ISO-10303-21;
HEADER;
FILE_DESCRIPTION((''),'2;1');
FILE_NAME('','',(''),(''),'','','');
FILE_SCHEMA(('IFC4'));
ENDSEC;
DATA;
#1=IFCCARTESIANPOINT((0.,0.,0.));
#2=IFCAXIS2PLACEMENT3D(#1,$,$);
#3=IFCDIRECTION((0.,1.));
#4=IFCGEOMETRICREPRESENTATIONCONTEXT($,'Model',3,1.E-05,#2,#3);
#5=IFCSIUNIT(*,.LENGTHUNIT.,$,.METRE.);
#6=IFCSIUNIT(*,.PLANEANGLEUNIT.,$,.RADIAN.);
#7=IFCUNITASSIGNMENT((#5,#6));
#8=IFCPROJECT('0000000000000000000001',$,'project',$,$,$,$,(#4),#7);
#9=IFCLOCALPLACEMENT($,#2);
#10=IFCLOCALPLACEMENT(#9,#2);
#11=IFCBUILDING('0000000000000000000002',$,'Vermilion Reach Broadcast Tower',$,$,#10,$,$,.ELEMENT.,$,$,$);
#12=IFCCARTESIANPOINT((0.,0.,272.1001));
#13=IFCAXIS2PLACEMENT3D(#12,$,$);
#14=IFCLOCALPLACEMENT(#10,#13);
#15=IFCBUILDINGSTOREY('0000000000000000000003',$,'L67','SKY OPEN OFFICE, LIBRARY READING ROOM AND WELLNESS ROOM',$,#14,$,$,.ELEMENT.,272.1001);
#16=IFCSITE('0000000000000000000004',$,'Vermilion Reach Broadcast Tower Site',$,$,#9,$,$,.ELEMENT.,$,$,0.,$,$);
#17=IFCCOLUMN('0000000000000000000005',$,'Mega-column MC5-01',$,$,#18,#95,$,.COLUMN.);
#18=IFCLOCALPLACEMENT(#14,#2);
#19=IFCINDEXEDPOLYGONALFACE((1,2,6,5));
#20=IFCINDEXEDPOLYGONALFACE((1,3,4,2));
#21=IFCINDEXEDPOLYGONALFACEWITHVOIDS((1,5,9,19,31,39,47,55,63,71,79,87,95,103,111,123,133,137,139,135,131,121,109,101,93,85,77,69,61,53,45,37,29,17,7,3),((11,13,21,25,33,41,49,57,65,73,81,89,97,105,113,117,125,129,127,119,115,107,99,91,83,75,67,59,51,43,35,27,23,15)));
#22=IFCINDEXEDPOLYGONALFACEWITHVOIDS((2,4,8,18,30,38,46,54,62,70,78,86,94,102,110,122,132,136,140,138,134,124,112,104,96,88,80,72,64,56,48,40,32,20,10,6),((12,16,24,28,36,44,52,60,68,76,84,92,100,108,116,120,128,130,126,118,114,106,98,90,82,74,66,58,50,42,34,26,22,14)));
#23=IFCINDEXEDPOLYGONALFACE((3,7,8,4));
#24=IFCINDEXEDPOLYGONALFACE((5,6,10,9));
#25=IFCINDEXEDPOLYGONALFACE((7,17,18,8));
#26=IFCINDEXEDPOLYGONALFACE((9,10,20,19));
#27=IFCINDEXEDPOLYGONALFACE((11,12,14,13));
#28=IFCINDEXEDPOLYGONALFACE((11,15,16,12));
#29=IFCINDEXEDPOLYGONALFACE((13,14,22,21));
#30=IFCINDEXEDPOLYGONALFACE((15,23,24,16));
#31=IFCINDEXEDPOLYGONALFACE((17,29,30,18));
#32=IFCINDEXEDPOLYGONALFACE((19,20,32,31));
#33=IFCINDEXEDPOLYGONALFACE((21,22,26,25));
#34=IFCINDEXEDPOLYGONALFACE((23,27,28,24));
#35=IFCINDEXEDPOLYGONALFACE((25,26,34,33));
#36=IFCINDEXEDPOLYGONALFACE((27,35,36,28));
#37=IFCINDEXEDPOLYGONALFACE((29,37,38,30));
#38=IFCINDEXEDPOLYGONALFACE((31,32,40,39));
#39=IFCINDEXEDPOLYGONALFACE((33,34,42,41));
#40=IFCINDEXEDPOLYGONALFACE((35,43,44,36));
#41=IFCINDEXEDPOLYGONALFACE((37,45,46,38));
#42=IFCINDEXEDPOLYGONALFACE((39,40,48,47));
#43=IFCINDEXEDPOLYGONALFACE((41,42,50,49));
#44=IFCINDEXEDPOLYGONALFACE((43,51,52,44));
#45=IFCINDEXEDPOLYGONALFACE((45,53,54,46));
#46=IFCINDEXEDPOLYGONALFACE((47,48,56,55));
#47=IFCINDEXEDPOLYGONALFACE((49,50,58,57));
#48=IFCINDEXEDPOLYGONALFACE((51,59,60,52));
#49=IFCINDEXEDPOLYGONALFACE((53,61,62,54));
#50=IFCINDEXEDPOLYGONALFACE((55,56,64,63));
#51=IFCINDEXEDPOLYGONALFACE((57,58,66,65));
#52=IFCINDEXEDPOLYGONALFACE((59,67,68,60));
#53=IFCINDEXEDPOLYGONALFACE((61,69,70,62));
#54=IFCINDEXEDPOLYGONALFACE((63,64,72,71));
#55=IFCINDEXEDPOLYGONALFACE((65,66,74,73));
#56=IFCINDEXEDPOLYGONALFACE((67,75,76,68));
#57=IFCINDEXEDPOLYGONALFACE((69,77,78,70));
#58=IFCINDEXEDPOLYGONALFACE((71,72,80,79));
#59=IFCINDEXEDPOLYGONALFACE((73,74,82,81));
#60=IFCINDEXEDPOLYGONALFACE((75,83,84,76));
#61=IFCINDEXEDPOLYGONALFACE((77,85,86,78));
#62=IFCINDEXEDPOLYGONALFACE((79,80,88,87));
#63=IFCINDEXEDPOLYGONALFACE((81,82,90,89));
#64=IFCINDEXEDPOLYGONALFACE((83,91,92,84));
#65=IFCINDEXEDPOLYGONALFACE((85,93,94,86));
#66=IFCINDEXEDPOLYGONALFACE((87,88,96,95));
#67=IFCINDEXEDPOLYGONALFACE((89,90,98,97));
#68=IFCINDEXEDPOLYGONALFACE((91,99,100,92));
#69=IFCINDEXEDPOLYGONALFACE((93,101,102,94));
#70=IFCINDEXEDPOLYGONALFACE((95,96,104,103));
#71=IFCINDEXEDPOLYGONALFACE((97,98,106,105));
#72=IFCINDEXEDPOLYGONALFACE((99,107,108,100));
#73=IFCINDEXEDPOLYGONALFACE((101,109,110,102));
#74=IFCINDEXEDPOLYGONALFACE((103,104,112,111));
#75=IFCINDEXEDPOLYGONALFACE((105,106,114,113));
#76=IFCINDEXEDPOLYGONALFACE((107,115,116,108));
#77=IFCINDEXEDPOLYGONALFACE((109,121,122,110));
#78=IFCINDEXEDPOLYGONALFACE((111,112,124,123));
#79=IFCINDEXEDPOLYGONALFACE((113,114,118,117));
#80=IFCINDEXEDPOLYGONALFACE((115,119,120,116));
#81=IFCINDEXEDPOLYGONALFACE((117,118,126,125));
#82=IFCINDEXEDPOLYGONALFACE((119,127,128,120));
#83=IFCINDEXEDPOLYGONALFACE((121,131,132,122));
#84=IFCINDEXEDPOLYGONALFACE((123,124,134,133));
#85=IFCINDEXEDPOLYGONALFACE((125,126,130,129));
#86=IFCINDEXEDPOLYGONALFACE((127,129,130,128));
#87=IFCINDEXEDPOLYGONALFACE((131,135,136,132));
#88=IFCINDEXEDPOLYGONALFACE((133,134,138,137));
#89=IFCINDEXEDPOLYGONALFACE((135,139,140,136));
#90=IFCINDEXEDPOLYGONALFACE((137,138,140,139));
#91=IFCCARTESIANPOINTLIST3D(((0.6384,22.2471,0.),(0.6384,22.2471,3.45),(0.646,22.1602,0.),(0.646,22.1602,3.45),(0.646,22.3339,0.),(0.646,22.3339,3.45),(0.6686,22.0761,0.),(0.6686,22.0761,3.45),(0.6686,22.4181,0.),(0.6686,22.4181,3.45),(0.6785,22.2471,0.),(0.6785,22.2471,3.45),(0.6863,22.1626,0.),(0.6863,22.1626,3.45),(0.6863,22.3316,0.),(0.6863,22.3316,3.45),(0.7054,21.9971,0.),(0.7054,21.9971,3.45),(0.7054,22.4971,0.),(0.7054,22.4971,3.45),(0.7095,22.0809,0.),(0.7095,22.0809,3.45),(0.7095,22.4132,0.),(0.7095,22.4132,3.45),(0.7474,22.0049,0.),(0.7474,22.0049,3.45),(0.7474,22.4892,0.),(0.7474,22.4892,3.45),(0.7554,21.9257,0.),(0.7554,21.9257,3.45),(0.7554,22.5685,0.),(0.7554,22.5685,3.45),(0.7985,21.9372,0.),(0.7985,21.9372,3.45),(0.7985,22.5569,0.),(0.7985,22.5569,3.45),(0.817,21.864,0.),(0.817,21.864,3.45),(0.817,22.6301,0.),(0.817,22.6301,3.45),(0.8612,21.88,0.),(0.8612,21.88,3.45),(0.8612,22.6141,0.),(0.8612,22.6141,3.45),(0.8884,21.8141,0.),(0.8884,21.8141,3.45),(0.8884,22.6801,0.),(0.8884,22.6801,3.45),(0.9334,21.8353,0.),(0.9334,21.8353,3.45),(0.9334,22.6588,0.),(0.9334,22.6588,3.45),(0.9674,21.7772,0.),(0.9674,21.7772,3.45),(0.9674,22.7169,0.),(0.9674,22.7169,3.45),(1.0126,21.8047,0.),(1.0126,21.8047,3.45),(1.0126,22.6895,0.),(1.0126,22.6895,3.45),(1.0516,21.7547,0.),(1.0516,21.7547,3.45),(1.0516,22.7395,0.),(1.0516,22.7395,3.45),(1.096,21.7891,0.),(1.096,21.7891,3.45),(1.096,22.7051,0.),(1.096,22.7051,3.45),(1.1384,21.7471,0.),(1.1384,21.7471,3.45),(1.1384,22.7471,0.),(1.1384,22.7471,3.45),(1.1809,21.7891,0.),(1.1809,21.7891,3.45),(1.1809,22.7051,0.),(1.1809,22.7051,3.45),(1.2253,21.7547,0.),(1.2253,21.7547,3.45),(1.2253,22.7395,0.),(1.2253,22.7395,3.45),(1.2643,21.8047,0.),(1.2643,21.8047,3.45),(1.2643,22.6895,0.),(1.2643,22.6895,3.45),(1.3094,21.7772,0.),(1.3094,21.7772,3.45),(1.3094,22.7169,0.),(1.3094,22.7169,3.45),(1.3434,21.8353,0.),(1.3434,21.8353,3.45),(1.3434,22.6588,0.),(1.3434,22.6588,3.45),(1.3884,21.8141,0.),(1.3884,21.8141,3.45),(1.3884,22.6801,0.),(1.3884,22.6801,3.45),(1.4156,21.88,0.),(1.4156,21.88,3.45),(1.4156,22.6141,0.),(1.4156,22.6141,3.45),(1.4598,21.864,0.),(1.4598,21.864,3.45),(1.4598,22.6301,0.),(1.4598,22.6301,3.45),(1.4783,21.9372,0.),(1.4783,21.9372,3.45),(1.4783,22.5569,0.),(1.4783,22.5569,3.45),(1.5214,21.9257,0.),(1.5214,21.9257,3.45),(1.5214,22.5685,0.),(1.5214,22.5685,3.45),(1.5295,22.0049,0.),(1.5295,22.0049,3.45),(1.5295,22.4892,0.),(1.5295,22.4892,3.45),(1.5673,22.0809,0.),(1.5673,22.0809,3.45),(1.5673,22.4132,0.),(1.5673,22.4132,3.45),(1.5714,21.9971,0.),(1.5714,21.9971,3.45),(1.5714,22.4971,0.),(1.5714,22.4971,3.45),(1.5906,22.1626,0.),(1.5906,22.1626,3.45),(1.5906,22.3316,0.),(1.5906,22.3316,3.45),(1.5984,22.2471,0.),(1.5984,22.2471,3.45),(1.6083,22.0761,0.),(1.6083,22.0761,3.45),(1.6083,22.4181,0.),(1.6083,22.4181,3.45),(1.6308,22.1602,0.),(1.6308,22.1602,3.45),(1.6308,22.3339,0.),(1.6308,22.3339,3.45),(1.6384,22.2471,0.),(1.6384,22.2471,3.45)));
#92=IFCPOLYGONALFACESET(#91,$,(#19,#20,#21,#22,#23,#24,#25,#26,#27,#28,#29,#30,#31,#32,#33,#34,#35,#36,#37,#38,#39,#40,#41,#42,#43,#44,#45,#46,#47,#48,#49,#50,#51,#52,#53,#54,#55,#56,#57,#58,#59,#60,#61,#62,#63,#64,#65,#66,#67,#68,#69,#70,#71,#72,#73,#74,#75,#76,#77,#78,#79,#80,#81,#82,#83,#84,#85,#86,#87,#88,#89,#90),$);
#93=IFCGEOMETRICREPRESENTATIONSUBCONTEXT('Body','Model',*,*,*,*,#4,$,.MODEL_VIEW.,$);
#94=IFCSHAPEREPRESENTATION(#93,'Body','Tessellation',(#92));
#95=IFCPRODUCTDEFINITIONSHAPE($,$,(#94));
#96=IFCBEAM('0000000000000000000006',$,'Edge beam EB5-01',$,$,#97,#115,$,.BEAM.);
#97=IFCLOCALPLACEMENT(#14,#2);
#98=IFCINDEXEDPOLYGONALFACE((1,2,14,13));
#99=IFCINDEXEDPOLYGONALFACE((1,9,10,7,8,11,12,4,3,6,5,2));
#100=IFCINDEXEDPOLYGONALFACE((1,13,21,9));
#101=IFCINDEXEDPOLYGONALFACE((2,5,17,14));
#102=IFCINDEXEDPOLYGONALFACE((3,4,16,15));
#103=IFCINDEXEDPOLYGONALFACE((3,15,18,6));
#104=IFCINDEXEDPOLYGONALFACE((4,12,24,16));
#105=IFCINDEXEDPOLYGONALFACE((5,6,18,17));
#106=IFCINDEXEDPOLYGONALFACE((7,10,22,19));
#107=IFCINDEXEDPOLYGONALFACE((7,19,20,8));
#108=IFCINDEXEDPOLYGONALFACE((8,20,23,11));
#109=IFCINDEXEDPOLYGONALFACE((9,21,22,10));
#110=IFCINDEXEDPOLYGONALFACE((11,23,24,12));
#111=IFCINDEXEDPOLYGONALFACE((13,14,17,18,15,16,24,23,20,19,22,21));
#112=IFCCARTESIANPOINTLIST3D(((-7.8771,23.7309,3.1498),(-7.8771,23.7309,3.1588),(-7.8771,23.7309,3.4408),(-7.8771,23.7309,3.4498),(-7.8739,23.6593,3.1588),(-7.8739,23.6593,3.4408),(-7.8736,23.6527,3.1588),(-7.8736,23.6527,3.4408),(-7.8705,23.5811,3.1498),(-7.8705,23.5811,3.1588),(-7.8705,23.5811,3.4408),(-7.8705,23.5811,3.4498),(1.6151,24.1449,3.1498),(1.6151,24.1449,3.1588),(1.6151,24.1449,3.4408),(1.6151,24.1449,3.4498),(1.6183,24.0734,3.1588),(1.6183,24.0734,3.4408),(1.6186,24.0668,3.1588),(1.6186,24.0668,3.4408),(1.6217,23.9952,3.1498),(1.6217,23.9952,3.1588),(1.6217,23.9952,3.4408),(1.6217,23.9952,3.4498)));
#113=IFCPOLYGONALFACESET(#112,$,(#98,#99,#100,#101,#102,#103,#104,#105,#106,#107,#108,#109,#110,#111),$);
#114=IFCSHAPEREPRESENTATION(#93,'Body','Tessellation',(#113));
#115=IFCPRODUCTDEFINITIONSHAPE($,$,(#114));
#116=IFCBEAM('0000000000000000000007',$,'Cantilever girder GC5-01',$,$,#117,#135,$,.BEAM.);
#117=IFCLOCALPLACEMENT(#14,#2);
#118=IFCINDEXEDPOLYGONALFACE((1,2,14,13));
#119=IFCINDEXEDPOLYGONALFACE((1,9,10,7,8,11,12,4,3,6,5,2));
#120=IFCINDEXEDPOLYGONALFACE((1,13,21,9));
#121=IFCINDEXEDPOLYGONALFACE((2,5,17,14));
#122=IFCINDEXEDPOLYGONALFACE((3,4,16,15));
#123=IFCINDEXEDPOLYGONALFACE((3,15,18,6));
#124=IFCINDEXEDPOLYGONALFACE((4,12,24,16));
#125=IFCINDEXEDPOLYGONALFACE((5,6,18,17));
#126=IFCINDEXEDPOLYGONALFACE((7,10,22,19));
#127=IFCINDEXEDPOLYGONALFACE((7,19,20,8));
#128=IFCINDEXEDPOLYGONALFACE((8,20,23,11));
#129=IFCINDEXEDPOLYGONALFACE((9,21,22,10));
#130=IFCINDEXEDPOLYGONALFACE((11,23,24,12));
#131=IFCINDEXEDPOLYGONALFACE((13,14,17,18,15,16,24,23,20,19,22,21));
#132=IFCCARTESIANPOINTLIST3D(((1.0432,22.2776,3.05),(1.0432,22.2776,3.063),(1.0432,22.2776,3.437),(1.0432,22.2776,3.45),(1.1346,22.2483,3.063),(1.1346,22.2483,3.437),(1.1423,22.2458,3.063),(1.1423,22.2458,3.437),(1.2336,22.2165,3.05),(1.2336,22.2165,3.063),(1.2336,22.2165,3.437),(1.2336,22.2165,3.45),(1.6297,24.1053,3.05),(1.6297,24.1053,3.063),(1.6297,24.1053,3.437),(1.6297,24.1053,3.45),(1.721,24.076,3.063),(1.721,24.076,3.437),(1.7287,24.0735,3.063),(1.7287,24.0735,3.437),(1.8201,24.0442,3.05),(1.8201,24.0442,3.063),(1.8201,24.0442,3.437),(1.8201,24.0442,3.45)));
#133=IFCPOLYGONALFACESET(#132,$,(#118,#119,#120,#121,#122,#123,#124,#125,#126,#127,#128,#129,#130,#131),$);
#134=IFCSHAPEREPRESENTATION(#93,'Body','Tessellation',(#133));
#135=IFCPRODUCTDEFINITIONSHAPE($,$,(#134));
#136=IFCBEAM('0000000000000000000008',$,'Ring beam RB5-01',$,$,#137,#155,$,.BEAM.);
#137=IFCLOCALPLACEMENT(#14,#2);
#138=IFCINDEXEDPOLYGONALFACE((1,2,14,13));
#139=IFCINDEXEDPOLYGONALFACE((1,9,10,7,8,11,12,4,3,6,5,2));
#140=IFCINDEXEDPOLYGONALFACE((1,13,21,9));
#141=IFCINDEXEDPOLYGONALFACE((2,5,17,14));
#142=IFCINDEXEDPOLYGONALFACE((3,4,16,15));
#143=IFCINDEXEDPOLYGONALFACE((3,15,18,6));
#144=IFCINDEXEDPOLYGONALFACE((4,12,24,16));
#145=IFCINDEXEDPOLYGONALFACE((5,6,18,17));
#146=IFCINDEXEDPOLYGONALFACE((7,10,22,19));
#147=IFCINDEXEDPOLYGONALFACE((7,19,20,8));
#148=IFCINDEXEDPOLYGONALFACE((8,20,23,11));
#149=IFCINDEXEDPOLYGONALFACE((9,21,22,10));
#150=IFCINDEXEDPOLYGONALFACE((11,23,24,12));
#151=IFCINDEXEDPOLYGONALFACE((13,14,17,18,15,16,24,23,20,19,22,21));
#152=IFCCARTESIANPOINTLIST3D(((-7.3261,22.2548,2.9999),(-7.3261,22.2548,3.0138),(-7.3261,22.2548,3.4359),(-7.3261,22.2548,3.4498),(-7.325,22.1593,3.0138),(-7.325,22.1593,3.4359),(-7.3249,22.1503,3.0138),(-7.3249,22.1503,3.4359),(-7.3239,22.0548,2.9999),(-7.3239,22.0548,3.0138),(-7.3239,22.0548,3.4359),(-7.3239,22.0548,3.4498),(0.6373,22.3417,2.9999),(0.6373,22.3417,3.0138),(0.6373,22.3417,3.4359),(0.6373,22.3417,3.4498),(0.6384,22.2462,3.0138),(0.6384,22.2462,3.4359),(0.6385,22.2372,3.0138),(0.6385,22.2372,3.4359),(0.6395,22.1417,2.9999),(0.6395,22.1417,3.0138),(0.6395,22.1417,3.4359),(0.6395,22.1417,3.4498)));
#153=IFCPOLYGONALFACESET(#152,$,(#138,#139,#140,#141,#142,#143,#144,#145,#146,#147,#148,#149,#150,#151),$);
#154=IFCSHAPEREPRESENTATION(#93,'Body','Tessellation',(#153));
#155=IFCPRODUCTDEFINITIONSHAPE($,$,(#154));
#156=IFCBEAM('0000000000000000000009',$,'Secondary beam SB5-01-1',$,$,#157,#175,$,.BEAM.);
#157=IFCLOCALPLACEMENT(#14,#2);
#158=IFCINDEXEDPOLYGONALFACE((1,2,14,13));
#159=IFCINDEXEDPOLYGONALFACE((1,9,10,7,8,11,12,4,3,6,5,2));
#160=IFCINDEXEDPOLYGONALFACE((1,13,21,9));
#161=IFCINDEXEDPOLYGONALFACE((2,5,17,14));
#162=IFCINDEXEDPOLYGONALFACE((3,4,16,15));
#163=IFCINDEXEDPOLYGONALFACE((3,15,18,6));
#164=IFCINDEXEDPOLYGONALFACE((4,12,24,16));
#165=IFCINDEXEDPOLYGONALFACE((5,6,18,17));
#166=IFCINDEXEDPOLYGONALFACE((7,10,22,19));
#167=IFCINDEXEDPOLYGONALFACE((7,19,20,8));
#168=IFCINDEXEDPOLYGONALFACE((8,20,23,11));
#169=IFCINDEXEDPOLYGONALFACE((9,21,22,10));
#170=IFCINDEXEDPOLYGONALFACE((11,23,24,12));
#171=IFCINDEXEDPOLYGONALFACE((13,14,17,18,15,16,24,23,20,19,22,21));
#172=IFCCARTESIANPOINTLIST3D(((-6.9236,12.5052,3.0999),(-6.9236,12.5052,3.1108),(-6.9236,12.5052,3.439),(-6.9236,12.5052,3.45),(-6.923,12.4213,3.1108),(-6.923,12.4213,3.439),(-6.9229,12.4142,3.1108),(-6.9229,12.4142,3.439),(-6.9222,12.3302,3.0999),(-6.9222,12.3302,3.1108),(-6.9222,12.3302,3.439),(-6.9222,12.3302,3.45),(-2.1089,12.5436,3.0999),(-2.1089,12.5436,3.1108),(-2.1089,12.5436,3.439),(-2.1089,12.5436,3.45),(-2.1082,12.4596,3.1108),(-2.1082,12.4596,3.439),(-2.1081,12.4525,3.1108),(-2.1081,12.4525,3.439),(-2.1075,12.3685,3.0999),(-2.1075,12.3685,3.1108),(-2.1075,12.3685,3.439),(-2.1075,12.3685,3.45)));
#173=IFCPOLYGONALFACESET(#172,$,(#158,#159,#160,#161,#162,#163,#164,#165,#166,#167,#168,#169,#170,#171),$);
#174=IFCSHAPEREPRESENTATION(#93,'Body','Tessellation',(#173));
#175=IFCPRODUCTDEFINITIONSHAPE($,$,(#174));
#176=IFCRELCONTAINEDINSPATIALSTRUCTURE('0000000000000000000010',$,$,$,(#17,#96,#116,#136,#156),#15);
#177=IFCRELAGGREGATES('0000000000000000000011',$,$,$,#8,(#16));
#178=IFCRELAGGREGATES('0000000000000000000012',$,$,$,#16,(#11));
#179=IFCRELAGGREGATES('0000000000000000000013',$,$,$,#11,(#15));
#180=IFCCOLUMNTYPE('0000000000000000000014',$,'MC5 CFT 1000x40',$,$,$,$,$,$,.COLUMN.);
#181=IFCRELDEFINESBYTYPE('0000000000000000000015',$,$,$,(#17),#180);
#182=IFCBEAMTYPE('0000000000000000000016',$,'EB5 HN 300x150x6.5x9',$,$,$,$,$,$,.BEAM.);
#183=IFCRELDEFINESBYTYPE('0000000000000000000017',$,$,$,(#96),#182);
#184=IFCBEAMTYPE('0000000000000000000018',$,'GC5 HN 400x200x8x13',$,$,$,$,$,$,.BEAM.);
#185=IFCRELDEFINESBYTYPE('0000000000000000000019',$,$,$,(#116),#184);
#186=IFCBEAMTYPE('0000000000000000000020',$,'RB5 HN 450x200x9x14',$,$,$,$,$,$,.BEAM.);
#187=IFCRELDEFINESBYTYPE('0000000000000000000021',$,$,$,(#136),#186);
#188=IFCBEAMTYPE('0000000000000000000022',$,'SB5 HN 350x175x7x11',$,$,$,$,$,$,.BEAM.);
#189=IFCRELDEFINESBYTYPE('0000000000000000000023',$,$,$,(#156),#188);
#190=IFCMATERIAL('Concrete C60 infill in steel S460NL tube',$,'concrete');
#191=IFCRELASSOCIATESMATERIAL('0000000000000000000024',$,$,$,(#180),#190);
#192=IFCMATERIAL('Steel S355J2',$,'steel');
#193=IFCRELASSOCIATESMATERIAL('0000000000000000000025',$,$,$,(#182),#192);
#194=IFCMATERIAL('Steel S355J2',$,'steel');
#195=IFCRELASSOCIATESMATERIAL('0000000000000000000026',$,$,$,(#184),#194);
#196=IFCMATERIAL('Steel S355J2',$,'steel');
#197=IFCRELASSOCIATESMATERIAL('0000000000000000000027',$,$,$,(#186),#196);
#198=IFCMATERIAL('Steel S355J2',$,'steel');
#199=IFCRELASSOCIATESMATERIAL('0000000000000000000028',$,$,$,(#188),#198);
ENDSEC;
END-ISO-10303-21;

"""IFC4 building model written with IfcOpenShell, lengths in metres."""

from ifc_helpers import new_model, si_unit, direction, frame, origin, origin_2d, place, context, subcontext, project, spatial, hollow_circle, i_section, extrude, material, material_profile, profile_set, type_object, element, save


model = new_model("IFC4")

# Units and contexts
model_context = context("Model", 3, precision=1e-05, world=origin(), true_north=direction((0.0, 1.0)))
body_context = subcontext(model_context, "Body", "Model", "MODEL_VIEW")
ifc_project = project(units=[si_unit("LENGTHUNIT", "METRE"), si_unit("PLANEANGLEUNIT", "RADIAN")], contexts=[model_context])

# Site, building, storey
site_placement = place(None, origin())
site = spatial("IfcSite", under=ifc_project, at=site_placement, Name="Vermilion Reach Broadcast Tower Site", CompositionType="ELEMENT", RefElevation=0.0)
building_placement = place(site_placement, origin())
building = spatial("IfcBuilding", under=site, at=building_placement, Name="Vermilion Reach Broadcast Tower", CompositionType="ELEMENT")
storey_placement = place(building_placement, frame((0.0, 0.0, 272.1001)))
storey = spatial("IfcBuildingStorey", under=building, at=storey_placement, Name="L67", Description="SKY OPEN OFFICE, LIBRARY READING ROOM AND WELLNESS ROOM", CompositionType="ELEMENT", Elevation=272.1001)

# Column
ifc_material_1 = material(Name="Concrete C60 infill in steel S460NL tube", Category="concrete")
ifc_material_profile_1 = material_profile(ifc_material_1, hollow_circle(Radius=0.5, WallThickness=0.04, at=origin_2d()), Name="Concrete C60 infill in steel S460NL tube CFT 1000x40")
ifc_profile_set_1 = profile_set([ifc_material_profile_1], Name="Concrete C60 infill in steel S460NL tube")
column_type = type_object("IfcColumnType", Name="MC5 CFT 1000x40", PredefinedType="COLUMN", material=ifc_profile_set_1)
column_placement = place(storey_placement, frame((1.1384, 22.2471, 0.0), z_axis=(0.0, 0.0, 1.0), x_axis=(1.0, 0.0, 0.0)))
element("IfcColumn", 1, at=column_placement, inside=storey, type_object=column_type, Name="Mega-column MC5-01", PredefinedType="COLUMN", context=body_context, shape_type="SweptSolid", body=[
    extrude(hollow_circle(Radius=0.5, WallThickness=0.04, at=origin_2d()), origin(), (0.0, 0.0, 1.0), 3.45),
])

# Beams
ifc_material_2 = material(Name="Steel S355J2", Category="steel")
ifc_material_profile_2 = material_profile(ifc_material_2, i_section(OverallWidth=0.1499, OverallDepth=0.3, WebThickness=0.0066, FlangeThickness=0.009, at=origin_2d()), Name="S355J2 HN 300x150x6.5x9")
ifc_profile_set_2 = profile_set([ifc_material_profile_2], Name="Steel S355J2")
beam_type_1 = type_object("IfcBeamType", Name="EB5 HN 300x150x6.5x9", PredefinedType="BEAM", material=ifc_profile_set_2)
beam_1_placement = place(storey_placement, frame((1.6184, 24.0701, 3.2998), z_axis=(-0.99905, -0.04358, 0.0), x_axis=(0.04358, -0.99905, 0.0)))
element("IfcBeam", 2, at=beam_1_placement, inside=storey, type_object=beam_type_1, Name="Edge beam EB5-01", PredefinedType="BEAM", context=body_context, shape_type="SweptSolid", body=[
    extrude(i_section(OverallWidth=0.1499, OverallDepth=0.3, WebThickness=0.0066, FlangeThickness=0.009, at=origin_2d()), origin(), (0.0, 0.0, 1.0), 9.5012),
])
ifc_material_3 = material(Name="Steel S355J2", Category="steel")
ifc_material_profile_3 = material_profile(ifc_material_3, i_section(OverallWidth=0.2, OverallDepth=0.3999, WebThickness=0.0081, FlangeThickness=0.0129, at=origin_2d()), Name="S355J2 HN 400x200x8x13")
ifc_profile_set_3 = profile_set([ifc_material_profile_3], Name="Steel S355J2")
beam_type_2 = type_object("IfcBeamType", Name="GC5 HN 400x200x8x13", PredefinedType="BEAM", material=ifc_profile_set_3)
beam_2_placement = place(storey_placement, frame((1.1384, 22.2471, 3.25), z_axis=(0.305523, 0.952185, 0.0), x_axis=(-0.952185, 0.305523, 0.0)))
element("IfcBeam", 3, at=beam_2_placement, inside=storey, type_object=beam_type_2, Name="Cantilever girder GC5-01", PredefinedType="BEAM", context=body_context, shape_type="SweptSolid", body=[
    extrude(i_section(OverallWidth=0.2, OverallDepth=0.3999, WebThickness=0.0081, FlangeThickness=0.0129, at=origin_2d()), origin(), (0.0, 0.0, 1.0), 1.9194),
])
ifc_material_4 = material(Name="Steel S355J2", Category="steel")
ifc_material_profile_4 = material_profile(ifc_material_4, i_section(OverallWidth=0.2, OverallDepth=0.45, WebThickness=0.009, FlangeThickness=0.0139, at=origin_2d()), Name="S355J2 HN 450x200x9x14")
ifc_profile_set_4 = profile_set([ifc_material_profile_4], Name="Steel S355J2")
beam_type_3 = type_object("IfcBeamType", Name="RB5 HN 450x200x9x14", PredefinedType="BEAM", material=ifc_profile_set_4)
beam_3_placement = place(storey_placement, frame((0.6384, 22.2417, 3.2249), z_axis=(-0.99994, -0.010914, 0.0), x_axis=(0.010914, -0.99994, 0.0)))
element("IfcBeam", 4, at=beam_3_placement, inside=storey, type_object=beam_type_3, Name="Ring beam RB5-01", PredefinedType="BEAM", context=body_context, shape_type="SweptSolid", body=[
    extrude(i_section(OverallWidth=0.2, OverallDepth=0.45, WebThickness=0.009, FlangeThickness=0.0139, at=origin_2d()), origin(), (0.0, 0.0, 1.0), 7.9639),
])
ifc_material_5 = material(Name="Steel S355J2", Category="steel")
ifc_material_profile_5 = material_profile(ifc_material_5, i_section(OverallWidth=0.175, OverallDepth=0.3501, WebThickness=0.0071, FlangeThickness=0.011, at=origin_2d()), Name="S355J2 HN 350x175x7x11")
ifc_profile_set_5 = profile_set([ifc_material_profile_5], Name="Steel S355J2")
beam_type_4 = type_object("IfcBeamType", Name="SB5 HN 350x175x7x11", PredefinedType="BEAM", material=ifc_profile_set_5)
beam_4_placement = place(storey_placement, frame((-2.1082, 12.4561, 3.2749), z_axis=(-0.999968, -0.007961, 0.0), x_axis=(0.007961, -0.999968, 0.0)))
element("IfcBeam", 5, at=beam_4_placement, inside=storey, type_object=beam_type_4, Name="Secondary beam SB5-01-1", PredefinedType="BEAM", context=body_context, shape_type="SweptSolid", body=[
    extrude(i_section(OverallWidth=0.175, OverallDepth=0.3501, WebThickness=0.0071, FlangeThickness=0.011, at=origin_2d()), origin(), (0.0, 0.0, 1.0), 4.8149),
])

save(model, "model.ifc")
